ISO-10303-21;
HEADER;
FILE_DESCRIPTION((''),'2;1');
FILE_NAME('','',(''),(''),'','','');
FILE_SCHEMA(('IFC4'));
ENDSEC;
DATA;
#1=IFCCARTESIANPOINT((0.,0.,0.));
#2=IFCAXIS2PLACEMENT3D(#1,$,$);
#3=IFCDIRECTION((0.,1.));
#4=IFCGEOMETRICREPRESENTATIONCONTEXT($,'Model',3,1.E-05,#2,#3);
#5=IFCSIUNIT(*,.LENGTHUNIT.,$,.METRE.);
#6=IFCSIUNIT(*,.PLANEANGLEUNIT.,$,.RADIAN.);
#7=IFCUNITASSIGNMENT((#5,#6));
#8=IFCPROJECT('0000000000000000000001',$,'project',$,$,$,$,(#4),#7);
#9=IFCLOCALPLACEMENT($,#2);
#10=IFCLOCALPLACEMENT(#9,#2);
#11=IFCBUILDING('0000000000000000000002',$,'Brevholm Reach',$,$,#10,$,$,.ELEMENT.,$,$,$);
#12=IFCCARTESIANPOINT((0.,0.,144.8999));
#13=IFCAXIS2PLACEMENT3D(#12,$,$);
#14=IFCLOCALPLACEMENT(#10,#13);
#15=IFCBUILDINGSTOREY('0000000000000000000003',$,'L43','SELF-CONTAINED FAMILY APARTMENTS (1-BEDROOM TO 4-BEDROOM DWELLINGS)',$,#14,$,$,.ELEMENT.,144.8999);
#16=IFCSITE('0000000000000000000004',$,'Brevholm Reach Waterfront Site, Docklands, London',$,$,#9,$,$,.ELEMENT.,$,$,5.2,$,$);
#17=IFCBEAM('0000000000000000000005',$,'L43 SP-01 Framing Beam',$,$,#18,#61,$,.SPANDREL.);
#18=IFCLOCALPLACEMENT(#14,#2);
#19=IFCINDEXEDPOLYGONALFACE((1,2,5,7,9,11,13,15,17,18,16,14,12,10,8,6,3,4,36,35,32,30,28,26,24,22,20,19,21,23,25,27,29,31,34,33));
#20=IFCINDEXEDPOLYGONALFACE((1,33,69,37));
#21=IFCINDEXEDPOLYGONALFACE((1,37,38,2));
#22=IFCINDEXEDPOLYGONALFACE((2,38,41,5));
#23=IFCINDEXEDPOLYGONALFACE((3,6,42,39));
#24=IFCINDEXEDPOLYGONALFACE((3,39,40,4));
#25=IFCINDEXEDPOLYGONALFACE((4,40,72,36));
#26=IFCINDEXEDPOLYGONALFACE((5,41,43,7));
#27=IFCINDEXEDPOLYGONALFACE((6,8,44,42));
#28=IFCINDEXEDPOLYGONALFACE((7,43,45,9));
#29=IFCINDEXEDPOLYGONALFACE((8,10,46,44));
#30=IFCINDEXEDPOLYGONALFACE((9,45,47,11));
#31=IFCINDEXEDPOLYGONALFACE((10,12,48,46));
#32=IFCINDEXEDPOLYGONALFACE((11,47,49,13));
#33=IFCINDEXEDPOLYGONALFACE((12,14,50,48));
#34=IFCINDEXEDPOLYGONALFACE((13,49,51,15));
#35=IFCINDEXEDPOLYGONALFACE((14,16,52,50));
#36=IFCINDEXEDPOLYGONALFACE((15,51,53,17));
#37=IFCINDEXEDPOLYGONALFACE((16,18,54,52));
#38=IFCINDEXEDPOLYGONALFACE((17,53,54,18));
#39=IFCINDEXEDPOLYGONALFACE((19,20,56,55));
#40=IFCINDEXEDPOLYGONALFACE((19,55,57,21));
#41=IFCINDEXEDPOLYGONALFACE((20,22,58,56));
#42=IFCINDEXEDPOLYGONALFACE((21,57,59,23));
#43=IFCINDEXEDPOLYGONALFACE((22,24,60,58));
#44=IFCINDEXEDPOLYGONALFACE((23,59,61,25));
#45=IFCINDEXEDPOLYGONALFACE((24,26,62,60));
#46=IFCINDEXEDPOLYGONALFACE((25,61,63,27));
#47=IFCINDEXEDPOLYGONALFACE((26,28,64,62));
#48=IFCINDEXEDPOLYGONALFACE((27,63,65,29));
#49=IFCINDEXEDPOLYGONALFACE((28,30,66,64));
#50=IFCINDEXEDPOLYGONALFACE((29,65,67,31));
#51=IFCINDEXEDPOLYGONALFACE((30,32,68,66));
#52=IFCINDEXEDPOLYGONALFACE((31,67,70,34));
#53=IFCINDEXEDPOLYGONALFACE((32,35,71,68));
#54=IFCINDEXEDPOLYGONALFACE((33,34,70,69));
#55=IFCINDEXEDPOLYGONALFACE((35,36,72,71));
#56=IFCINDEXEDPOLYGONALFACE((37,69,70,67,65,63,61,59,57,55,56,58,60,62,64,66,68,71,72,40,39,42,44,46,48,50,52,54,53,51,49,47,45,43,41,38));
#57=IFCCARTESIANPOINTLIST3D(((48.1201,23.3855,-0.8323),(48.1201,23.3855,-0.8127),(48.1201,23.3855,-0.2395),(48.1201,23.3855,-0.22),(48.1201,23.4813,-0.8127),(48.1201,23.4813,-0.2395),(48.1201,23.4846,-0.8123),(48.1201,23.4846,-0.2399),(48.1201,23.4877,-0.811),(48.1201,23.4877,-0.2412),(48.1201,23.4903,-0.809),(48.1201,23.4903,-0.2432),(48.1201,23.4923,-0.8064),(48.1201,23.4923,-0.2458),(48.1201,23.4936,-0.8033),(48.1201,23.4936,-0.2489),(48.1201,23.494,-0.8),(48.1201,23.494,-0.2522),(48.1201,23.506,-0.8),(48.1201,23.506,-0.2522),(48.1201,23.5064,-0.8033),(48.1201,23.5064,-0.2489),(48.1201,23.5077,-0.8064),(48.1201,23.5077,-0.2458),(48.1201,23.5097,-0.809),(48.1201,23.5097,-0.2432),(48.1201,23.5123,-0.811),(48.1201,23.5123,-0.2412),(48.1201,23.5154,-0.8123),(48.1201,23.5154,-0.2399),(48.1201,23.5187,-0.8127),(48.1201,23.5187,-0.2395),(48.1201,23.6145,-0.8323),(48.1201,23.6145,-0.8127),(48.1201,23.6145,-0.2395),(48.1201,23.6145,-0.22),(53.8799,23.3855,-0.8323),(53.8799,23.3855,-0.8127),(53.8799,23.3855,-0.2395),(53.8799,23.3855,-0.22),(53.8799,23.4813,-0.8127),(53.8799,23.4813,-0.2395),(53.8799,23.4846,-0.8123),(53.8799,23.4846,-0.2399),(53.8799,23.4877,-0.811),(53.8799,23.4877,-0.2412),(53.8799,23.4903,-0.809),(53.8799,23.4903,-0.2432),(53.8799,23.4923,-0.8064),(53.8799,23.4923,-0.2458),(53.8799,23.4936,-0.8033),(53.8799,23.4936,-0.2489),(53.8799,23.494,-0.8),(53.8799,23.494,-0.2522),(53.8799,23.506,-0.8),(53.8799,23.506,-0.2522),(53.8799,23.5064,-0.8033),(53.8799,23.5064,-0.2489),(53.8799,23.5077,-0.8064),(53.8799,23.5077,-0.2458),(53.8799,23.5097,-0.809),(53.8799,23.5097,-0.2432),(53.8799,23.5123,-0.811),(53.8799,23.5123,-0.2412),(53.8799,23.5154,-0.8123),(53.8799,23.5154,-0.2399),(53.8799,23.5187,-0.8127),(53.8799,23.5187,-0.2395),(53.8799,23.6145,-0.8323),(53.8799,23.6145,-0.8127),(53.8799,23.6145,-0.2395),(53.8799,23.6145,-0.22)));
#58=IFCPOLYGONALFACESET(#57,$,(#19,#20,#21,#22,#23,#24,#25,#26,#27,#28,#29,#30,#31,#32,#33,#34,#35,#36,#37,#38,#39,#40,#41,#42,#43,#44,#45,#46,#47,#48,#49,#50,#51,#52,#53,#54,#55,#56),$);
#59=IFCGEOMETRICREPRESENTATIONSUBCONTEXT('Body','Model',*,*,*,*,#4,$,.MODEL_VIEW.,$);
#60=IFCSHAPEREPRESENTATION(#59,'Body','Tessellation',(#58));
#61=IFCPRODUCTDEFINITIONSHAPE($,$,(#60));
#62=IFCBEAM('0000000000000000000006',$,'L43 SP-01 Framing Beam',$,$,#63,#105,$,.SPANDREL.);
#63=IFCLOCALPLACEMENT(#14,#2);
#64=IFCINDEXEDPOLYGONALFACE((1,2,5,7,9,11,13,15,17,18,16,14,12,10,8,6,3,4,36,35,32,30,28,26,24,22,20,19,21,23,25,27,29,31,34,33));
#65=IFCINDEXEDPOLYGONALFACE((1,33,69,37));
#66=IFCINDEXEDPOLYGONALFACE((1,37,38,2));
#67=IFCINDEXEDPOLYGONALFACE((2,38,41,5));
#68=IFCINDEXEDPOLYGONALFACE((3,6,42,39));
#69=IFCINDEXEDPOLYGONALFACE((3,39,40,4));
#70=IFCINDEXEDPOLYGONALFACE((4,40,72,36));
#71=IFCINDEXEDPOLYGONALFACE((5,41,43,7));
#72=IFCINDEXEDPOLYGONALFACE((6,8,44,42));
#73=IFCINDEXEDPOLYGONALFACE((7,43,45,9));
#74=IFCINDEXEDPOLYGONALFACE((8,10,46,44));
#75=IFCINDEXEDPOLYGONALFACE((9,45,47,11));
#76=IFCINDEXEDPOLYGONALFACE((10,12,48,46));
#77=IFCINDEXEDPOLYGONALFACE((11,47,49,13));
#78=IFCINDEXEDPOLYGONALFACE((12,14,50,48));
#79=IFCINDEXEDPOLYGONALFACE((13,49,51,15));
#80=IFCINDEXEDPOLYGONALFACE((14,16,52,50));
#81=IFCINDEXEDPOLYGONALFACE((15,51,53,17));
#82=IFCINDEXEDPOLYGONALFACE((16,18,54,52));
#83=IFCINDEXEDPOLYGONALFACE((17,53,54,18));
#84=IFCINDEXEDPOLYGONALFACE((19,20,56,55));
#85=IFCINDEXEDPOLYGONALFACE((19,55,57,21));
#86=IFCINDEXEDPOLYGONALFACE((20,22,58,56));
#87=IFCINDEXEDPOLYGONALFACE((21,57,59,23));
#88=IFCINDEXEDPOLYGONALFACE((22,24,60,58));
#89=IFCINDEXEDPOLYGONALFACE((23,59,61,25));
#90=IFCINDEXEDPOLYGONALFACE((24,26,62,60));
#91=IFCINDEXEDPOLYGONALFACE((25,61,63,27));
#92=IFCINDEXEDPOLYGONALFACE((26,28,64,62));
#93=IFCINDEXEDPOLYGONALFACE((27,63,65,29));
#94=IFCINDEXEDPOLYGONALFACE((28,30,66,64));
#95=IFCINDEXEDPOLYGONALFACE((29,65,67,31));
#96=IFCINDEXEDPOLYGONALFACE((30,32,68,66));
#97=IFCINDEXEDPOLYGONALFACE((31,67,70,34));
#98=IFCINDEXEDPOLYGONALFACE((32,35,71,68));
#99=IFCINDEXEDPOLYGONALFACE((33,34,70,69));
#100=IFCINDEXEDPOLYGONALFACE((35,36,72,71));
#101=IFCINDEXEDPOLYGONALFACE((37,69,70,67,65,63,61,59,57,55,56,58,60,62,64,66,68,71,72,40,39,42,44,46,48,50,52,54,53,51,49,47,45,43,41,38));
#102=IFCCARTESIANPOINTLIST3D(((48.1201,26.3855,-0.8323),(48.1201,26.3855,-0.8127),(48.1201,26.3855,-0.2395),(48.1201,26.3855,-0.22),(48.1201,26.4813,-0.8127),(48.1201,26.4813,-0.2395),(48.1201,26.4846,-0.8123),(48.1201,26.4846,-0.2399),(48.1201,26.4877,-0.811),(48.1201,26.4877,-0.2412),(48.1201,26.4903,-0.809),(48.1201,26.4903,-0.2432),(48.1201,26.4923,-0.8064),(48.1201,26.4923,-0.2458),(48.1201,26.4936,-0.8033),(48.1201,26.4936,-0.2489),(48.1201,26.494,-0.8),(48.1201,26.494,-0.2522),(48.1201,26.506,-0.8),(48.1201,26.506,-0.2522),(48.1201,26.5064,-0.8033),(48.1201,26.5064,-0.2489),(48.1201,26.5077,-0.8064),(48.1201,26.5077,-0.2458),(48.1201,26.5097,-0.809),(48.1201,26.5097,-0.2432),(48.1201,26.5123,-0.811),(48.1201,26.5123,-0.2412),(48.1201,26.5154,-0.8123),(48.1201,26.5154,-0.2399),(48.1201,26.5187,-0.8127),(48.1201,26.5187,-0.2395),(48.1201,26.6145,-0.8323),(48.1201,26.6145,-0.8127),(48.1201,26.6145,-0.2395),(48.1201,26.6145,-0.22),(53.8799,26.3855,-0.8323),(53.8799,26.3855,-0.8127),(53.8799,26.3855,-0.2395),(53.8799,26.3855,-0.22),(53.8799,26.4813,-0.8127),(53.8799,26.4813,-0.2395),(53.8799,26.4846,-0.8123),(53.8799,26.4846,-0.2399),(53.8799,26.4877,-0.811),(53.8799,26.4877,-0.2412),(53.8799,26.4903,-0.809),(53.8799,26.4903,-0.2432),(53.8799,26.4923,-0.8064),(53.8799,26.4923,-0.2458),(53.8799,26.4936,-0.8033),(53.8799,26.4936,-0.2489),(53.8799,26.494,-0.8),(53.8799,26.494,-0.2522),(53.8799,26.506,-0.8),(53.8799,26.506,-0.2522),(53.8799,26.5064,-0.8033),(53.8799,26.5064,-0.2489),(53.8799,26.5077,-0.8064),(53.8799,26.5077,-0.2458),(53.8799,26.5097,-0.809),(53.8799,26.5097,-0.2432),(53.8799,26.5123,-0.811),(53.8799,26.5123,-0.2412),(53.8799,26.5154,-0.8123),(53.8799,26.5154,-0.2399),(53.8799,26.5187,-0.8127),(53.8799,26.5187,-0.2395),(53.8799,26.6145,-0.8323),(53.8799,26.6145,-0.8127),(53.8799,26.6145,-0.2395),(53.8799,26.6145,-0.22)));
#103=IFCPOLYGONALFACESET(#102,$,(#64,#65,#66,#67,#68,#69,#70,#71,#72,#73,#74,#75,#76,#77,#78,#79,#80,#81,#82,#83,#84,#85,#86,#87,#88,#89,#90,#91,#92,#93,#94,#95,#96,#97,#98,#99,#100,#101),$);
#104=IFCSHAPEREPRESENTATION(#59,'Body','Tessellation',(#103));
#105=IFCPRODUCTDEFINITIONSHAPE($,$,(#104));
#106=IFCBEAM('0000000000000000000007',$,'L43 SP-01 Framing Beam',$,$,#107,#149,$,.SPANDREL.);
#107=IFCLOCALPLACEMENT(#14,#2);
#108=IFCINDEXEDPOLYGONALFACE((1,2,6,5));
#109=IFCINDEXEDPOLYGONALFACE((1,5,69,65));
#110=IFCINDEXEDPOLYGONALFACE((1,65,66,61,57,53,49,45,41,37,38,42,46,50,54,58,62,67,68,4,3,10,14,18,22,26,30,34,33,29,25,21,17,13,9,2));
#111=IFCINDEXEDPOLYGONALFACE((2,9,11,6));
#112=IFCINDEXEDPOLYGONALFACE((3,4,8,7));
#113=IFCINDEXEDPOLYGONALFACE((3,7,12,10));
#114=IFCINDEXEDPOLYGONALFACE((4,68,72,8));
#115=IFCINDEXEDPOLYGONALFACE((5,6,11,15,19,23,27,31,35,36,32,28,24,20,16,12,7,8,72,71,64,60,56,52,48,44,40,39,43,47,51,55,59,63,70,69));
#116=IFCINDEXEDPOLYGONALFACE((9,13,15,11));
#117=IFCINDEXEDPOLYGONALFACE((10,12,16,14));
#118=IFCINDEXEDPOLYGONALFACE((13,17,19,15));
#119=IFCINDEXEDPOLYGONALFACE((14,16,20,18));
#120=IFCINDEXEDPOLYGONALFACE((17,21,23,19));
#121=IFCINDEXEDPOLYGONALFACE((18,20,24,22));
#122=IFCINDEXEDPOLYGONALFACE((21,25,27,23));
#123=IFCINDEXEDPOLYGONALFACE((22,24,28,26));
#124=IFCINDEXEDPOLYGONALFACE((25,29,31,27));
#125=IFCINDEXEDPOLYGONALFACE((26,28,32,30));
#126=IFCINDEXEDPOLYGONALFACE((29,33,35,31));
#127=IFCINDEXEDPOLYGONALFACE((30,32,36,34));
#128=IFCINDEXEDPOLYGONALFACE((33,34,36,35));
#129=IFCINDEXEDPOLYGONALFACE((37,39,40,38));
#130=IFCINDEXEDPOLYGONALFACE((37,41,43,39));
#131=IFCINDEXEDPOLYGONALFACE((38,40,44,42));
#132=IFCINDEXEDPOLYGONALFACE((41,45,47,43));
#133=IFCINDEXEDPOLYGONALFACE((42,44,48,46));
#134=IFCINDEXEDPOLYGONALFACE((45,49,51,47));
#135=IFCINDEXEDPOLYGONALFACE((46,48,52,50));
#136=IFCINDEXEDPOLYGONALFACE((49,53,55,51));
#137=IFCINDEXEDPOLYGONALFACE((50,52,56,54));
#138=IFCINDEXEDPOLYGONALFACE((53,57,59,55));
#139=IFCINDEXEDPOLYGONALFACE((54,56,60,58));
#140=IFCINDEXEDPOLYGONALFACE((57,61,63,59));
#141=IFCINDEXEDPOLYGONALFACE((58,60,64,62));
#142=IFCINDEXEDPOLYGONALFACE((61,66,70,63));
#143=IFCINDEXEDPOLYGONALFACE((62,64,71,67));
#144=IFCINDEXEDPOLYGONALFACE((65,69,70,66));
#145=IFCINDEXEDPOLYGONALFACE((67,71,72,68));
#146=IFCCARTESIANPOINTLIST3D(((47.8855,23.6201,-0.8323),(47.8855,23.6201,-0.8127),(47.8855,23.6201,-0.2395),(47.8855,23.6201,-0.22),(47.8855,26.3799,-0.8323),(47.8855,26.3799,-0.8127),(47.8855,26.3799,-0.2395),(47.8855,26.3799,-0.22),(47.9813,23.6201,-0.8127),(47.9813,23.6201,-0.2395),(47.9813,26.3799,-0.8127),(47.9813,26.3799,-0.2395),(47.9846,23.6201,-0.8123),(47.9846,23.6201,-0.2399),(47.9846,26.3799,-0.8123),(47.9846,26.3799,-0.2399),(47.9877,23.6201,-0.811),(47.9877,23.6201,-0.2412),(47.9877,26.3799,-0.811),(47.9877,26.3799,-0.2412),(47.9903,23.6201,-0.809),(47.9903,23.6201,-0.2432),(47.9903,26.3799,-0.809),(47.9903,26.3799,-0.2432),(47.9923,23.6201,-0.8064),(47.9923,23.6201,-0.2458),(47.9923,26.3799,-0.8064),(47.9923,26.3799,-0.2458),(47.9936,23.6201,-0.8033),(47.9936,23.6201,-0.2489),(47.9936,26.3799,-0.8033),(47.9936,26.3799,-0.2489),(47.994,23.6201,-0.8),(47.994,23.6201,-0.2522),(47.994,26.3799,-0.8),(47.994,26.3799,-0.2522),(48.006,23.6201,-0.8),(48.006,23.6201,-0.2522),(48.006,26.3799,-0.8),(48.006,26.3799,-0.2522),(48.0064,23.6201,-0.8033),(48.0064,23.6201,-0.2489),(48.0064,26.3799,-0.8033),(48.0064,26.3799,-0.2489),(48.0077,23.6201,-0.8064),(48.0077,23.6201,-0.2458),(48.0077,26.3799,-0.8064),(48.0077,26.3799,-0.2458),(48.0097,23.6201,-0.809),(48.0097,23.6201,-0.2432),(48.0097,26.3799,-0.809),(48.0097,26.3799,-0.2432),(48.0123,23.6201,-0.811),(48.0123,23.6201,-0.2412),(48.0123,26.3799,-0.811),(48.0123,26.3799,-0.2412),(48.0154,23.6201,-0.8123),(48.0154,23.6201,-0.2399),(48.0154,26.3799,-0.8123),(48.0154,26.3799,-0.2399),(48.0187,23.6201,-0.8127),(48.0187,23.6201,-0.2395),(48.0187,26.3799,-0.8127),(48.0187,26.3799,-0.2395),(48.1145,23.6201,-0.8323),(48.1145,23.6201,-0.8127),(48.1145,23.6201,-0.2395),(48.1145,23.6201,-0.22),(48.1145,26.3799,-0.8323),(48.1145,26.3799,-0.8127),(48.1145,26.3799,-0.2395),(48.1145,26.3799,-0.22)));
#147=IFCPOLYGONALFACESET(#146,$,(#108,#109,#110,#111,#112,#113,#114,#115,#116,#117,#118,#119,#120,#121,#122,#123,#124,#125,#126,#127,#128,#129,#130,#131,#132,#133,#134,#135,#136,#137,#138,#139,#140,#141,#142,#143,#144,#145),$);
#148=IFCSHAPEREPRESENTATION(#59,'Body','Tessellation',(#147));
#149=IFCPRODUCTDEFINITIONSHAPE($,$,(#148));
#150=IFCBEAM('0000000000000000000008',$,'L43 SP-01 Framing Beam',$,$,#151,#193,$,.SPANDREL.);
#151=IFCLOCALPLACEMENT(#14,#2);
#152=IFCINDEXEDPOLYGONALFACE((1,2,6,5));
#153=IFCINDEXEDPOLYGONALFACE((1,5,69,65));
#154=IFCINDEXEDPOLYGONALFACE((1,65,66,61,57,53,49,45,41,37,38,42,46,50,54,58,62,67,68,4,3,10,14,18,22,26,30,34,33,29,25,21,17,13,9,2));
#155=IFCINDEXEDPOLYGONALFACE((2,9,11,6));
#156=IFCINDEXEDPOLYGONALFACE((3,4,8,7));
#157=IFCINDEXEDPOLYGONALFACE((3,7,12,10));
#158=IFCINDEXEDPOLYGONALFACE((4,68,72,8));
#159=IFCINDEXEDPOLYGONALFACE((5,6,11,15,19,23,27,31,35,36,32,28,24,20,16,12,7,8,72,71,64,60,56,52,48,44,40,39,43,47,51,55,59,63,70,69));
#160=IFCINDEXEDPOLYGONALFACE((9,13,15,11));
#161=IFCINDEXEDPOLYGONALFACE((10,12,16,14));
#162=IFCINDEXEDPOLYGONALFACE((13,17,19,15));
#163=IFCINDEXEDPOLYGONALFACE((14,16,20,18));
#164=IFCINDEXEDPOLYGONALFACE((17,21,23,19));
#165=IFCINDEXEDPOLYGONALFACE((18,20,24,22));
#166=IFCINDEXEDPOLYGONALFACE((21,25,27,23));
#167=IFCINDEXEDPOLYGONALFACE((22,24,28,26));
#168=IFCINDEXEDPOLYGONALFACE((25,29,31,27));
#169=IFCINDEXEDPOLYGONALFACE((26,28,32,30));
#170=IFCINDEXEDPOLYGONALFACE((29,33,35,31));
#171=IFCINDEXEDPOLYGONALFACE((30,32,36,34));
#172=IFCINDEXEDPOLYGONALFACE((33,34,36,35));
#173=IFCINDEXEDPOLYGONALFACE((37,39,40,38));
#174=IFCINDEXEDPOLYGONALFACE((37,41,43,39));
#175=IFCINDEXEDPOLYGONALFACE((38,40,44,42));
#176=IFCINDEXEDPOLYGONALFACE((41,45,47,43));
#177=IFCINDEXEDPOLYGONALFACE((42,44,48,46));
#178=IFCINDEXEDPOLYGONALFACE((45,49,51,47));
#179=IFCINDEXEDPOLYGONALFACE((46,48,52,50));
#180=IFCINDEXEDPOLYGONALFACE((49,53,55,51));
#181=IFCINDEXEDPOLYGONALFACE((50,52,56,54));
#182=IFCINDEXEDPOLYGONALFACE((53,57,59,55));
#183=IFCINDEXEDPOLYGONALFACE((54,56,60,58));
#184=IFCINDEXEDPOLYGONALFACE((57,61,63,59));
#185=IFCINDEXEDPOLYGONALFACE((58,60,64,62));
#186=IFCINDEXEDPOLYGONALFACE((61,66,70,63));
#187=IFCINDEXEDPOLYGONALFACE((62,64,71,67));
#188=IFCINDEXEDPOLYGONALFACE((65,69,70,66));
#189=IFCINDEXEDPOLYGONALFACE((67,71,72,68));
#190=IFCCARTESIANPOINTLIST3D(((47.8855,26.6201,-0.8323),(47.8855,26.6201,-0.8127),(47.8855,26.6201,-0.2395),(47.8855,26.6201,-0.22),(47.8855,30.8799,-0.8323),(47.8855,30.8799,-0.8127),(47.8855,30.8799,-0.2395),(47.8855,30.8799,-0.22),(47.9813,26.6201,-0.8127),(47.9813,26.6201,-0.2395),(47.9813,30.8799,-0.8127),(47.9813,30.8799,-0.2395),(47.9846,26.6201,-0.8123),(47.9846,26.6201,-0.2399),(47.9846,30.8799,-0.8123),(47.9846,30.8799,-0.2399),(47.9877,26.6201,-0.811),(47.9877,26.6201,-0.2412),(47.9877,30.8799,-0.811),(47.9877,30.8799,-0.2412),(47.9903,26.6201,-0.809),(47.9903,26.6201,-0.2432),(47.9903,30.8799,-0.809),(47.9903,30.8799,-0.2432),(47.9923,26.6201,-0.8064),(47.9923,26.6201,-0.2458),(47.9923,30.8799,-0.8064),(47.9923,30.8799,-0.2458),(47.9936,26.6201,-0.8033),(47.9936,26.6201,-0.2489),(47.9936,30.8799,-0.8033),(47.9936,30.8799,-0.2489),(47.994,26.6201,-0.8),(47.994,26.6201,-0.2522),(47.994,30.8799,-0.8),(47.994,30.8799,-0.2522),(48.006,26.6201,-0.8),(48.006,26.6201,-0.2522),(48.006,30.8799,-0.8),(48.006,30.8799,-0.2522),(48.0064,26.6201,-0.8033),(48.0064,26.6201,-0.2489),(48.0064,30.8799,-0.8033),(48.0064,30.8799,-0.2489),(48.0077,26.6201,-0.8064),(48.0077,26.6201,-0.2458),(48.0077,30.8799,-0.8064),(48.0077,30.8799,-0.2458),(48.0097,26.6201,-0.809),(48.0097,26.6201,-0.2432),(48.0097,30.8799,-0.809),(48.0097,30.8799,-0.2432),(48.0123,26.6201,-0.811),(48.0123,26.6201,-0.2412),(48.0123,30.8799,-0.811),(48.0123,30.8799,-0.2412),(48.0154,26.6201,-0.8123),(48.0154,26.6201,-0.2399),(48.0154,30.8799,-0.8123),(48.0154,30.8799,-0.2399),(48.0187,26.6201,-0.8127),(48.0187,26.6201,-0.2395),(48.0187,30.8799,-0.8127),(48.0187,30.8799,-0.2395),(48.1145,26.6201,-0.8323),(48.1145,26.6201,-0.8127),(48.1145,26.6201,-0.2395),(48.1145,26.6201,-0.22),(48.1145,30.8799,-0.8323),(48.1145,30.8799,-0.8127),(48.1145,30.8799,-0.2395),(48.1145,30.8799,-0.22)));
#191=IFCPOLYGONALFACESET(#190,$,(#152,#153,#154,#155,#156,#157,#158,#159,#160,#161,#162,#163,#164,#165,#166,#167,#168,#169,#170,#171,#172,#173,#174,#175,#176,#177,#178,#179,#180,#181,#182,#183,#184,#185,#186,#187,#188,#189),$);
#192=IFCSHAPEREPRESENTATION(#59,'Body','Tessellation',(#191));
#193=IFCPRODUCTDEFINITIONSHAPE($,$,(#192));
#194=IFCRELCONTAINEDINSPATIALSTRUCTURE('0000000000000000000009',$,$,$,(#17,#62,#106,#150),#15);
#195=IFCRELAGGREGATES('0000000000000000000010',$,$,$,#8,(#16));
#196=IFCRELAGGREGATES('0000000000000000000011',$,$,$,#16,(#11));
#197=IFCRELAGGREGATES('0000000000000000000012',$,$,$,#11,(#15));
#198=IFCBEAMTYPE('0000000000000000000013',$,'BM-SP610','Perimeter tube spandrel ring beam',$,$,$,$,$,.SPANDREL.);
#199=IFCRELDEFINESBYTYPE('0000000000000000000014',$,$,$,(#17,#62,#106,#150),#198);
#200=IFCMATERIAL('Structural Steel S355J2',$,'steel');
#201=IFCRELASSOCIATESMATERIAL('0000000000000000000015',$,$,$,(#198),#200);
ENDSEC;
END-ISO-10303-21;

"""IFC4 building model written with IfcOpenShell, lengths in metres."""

from ifc_helpers import new_model, si_unit, direction, frame, origin, origin_2d, place, context, subcontext, project, spatial, i_section, extrude, material, material_profile, profile_set, type_object, element, save


model = new_model("IFC4")

# Units and contexts
model_context = context("Model", 3, precision=1e-05, world=origin(), true_north=direction((0.0, 1.0)))
body_context = subcontext(model_context, "Body", "Model", "MODEL_VIEW")
ifc_project = project(units=[si_unit("LENGTHUNIT", "METRE"), si_unit("PLANEANGLEUNIT", "RADIAN")], contexts=[model_context])

# Site, building, storey
site_placement = place(None, origin())
site = spatial("IfcSite", under=ifc_project, at=site_placement, Name="Brevholm Reach Waterfront Site, Docklands, London", CompositionType="ELEMENT", RefElevation=5.2)
building_placement = place(site_placement, origin())
building = spatial("IfcBuilding", under=site, at=building_placement, Name="Brevholm Reach", CompositionType="ELEMENT")
storey_placement = place(building_placement, frame((0.0, 0.0, 144.8999)))
storey = spatial("IfcBuildingStorey", under=building, at=storey_placement, Name="L43", Description="SELF-CONTAINED FAMILY APARTMENTS (1-BEDROOM TO 4-BEDROOM DWELLINGS)", CompositionType="ELEMENT", Elevation=144.8999)

# Beams
ifc_material_1 = material(Name="Structural Steel S355J2", Category="steel")
ifc_material_profile_1 = material_profile(ifc_material_1, i_section(OverallWidth=0.229, OverallDepth=0.6123, WebThickness=0.012, FlangeThickness=0.0195, FilletRadius=0.0127, at=origin_2d()), Name="UKB 610x229x125")
ifc_profile_set_1 = profile_set([ifc_material_profile_1], Name="Structural Steel S355J2")
beam_type_1 = type_object("IfcBeamType", Name="BM-SP610", Description="Perimeter tube spandrel ring beam", PredefinedType="SPANDREL", material=ifc_profile_set_1)
for number, where, z_axis, x_axis, name in (
    (1, (48.1201, 23.5, -0.5261), (1.0, 0.0, 0.0), (0.0, 1.0, 0.0), "L43 SP-01 Framing Beam"),
    (2, (48.1201, 26.5, -0.5261), (1.0, 0.0, 0.0), (0.0, 1.0, 0.0), "L43 SP-01 Framing Beam"),
):
    element("IfcBeam", number, at=place(storey_placement, frame(where, z_axis=z_axis, x_axis=x_axis)), inside=storey, type_object=beam_type_1, Name=name, PredefinedType="SPANDREL", context=body_context, shape_type="SweptSolid", body=[
        extrude(i_section(OverallWidth=0.229, OverallDepth=0.6123, WebThickness=0.012, FlangeThickness=0.0195, FilletRadius=0.0127, at=origin_2d()), origin(), (0.0, 0.0, 1.0), 5.7598),
    ])
beam_1_placement = place(storey_placement, frame((48.0, 23.6201, -0.5261), z_axis=(0.0, 1.0, 0.0), x_axis=(-1.0, 0.0, 0.0)))
element("IfcBeam", 3, at=beam_1_placement, inside=storey, type_object=beam_type_1, Name="L43 SP-01 Framing Beam", PredefinedType="SPANDREL", context=body_context, shape_type="SweptSolid", body=[
    extrude(i_section(OverallWidth=0.229, OverallDepth=0.6123, WebThickness=0.012, FlangeThickness=0.0195, FilletRadius=0.0127, at=origin_2d()), origin(), (0.0, 0.0, 1.0), 2.7598),
])
beam_2_placement = place(storey_placement, frame((48.0, 26.6201, -0.5261), z_axis=(0.0, 1.0, 0.0), x_axis=(-1.0, 0.0, 0.0)))
element("IfcBeam", 4, at=beam_2_placement, inside=storey, type_object=beam_type_1, Name="L43 SP-01 Framing Beam", PredefinedType="SPANDREL", context=body_context, shape_type="SweptSolid", body=[
    extrude(i_section(OverallWidth=0.229, OverallDepth=0.6123, WebThickness=0.012, FlangeThickness=0.0195, FilletRadius=0.0127, at=origin_2d()), origin(), (0.0, 0.0, 1.0), 4.2598),
])

save(model, "model.ifc")
